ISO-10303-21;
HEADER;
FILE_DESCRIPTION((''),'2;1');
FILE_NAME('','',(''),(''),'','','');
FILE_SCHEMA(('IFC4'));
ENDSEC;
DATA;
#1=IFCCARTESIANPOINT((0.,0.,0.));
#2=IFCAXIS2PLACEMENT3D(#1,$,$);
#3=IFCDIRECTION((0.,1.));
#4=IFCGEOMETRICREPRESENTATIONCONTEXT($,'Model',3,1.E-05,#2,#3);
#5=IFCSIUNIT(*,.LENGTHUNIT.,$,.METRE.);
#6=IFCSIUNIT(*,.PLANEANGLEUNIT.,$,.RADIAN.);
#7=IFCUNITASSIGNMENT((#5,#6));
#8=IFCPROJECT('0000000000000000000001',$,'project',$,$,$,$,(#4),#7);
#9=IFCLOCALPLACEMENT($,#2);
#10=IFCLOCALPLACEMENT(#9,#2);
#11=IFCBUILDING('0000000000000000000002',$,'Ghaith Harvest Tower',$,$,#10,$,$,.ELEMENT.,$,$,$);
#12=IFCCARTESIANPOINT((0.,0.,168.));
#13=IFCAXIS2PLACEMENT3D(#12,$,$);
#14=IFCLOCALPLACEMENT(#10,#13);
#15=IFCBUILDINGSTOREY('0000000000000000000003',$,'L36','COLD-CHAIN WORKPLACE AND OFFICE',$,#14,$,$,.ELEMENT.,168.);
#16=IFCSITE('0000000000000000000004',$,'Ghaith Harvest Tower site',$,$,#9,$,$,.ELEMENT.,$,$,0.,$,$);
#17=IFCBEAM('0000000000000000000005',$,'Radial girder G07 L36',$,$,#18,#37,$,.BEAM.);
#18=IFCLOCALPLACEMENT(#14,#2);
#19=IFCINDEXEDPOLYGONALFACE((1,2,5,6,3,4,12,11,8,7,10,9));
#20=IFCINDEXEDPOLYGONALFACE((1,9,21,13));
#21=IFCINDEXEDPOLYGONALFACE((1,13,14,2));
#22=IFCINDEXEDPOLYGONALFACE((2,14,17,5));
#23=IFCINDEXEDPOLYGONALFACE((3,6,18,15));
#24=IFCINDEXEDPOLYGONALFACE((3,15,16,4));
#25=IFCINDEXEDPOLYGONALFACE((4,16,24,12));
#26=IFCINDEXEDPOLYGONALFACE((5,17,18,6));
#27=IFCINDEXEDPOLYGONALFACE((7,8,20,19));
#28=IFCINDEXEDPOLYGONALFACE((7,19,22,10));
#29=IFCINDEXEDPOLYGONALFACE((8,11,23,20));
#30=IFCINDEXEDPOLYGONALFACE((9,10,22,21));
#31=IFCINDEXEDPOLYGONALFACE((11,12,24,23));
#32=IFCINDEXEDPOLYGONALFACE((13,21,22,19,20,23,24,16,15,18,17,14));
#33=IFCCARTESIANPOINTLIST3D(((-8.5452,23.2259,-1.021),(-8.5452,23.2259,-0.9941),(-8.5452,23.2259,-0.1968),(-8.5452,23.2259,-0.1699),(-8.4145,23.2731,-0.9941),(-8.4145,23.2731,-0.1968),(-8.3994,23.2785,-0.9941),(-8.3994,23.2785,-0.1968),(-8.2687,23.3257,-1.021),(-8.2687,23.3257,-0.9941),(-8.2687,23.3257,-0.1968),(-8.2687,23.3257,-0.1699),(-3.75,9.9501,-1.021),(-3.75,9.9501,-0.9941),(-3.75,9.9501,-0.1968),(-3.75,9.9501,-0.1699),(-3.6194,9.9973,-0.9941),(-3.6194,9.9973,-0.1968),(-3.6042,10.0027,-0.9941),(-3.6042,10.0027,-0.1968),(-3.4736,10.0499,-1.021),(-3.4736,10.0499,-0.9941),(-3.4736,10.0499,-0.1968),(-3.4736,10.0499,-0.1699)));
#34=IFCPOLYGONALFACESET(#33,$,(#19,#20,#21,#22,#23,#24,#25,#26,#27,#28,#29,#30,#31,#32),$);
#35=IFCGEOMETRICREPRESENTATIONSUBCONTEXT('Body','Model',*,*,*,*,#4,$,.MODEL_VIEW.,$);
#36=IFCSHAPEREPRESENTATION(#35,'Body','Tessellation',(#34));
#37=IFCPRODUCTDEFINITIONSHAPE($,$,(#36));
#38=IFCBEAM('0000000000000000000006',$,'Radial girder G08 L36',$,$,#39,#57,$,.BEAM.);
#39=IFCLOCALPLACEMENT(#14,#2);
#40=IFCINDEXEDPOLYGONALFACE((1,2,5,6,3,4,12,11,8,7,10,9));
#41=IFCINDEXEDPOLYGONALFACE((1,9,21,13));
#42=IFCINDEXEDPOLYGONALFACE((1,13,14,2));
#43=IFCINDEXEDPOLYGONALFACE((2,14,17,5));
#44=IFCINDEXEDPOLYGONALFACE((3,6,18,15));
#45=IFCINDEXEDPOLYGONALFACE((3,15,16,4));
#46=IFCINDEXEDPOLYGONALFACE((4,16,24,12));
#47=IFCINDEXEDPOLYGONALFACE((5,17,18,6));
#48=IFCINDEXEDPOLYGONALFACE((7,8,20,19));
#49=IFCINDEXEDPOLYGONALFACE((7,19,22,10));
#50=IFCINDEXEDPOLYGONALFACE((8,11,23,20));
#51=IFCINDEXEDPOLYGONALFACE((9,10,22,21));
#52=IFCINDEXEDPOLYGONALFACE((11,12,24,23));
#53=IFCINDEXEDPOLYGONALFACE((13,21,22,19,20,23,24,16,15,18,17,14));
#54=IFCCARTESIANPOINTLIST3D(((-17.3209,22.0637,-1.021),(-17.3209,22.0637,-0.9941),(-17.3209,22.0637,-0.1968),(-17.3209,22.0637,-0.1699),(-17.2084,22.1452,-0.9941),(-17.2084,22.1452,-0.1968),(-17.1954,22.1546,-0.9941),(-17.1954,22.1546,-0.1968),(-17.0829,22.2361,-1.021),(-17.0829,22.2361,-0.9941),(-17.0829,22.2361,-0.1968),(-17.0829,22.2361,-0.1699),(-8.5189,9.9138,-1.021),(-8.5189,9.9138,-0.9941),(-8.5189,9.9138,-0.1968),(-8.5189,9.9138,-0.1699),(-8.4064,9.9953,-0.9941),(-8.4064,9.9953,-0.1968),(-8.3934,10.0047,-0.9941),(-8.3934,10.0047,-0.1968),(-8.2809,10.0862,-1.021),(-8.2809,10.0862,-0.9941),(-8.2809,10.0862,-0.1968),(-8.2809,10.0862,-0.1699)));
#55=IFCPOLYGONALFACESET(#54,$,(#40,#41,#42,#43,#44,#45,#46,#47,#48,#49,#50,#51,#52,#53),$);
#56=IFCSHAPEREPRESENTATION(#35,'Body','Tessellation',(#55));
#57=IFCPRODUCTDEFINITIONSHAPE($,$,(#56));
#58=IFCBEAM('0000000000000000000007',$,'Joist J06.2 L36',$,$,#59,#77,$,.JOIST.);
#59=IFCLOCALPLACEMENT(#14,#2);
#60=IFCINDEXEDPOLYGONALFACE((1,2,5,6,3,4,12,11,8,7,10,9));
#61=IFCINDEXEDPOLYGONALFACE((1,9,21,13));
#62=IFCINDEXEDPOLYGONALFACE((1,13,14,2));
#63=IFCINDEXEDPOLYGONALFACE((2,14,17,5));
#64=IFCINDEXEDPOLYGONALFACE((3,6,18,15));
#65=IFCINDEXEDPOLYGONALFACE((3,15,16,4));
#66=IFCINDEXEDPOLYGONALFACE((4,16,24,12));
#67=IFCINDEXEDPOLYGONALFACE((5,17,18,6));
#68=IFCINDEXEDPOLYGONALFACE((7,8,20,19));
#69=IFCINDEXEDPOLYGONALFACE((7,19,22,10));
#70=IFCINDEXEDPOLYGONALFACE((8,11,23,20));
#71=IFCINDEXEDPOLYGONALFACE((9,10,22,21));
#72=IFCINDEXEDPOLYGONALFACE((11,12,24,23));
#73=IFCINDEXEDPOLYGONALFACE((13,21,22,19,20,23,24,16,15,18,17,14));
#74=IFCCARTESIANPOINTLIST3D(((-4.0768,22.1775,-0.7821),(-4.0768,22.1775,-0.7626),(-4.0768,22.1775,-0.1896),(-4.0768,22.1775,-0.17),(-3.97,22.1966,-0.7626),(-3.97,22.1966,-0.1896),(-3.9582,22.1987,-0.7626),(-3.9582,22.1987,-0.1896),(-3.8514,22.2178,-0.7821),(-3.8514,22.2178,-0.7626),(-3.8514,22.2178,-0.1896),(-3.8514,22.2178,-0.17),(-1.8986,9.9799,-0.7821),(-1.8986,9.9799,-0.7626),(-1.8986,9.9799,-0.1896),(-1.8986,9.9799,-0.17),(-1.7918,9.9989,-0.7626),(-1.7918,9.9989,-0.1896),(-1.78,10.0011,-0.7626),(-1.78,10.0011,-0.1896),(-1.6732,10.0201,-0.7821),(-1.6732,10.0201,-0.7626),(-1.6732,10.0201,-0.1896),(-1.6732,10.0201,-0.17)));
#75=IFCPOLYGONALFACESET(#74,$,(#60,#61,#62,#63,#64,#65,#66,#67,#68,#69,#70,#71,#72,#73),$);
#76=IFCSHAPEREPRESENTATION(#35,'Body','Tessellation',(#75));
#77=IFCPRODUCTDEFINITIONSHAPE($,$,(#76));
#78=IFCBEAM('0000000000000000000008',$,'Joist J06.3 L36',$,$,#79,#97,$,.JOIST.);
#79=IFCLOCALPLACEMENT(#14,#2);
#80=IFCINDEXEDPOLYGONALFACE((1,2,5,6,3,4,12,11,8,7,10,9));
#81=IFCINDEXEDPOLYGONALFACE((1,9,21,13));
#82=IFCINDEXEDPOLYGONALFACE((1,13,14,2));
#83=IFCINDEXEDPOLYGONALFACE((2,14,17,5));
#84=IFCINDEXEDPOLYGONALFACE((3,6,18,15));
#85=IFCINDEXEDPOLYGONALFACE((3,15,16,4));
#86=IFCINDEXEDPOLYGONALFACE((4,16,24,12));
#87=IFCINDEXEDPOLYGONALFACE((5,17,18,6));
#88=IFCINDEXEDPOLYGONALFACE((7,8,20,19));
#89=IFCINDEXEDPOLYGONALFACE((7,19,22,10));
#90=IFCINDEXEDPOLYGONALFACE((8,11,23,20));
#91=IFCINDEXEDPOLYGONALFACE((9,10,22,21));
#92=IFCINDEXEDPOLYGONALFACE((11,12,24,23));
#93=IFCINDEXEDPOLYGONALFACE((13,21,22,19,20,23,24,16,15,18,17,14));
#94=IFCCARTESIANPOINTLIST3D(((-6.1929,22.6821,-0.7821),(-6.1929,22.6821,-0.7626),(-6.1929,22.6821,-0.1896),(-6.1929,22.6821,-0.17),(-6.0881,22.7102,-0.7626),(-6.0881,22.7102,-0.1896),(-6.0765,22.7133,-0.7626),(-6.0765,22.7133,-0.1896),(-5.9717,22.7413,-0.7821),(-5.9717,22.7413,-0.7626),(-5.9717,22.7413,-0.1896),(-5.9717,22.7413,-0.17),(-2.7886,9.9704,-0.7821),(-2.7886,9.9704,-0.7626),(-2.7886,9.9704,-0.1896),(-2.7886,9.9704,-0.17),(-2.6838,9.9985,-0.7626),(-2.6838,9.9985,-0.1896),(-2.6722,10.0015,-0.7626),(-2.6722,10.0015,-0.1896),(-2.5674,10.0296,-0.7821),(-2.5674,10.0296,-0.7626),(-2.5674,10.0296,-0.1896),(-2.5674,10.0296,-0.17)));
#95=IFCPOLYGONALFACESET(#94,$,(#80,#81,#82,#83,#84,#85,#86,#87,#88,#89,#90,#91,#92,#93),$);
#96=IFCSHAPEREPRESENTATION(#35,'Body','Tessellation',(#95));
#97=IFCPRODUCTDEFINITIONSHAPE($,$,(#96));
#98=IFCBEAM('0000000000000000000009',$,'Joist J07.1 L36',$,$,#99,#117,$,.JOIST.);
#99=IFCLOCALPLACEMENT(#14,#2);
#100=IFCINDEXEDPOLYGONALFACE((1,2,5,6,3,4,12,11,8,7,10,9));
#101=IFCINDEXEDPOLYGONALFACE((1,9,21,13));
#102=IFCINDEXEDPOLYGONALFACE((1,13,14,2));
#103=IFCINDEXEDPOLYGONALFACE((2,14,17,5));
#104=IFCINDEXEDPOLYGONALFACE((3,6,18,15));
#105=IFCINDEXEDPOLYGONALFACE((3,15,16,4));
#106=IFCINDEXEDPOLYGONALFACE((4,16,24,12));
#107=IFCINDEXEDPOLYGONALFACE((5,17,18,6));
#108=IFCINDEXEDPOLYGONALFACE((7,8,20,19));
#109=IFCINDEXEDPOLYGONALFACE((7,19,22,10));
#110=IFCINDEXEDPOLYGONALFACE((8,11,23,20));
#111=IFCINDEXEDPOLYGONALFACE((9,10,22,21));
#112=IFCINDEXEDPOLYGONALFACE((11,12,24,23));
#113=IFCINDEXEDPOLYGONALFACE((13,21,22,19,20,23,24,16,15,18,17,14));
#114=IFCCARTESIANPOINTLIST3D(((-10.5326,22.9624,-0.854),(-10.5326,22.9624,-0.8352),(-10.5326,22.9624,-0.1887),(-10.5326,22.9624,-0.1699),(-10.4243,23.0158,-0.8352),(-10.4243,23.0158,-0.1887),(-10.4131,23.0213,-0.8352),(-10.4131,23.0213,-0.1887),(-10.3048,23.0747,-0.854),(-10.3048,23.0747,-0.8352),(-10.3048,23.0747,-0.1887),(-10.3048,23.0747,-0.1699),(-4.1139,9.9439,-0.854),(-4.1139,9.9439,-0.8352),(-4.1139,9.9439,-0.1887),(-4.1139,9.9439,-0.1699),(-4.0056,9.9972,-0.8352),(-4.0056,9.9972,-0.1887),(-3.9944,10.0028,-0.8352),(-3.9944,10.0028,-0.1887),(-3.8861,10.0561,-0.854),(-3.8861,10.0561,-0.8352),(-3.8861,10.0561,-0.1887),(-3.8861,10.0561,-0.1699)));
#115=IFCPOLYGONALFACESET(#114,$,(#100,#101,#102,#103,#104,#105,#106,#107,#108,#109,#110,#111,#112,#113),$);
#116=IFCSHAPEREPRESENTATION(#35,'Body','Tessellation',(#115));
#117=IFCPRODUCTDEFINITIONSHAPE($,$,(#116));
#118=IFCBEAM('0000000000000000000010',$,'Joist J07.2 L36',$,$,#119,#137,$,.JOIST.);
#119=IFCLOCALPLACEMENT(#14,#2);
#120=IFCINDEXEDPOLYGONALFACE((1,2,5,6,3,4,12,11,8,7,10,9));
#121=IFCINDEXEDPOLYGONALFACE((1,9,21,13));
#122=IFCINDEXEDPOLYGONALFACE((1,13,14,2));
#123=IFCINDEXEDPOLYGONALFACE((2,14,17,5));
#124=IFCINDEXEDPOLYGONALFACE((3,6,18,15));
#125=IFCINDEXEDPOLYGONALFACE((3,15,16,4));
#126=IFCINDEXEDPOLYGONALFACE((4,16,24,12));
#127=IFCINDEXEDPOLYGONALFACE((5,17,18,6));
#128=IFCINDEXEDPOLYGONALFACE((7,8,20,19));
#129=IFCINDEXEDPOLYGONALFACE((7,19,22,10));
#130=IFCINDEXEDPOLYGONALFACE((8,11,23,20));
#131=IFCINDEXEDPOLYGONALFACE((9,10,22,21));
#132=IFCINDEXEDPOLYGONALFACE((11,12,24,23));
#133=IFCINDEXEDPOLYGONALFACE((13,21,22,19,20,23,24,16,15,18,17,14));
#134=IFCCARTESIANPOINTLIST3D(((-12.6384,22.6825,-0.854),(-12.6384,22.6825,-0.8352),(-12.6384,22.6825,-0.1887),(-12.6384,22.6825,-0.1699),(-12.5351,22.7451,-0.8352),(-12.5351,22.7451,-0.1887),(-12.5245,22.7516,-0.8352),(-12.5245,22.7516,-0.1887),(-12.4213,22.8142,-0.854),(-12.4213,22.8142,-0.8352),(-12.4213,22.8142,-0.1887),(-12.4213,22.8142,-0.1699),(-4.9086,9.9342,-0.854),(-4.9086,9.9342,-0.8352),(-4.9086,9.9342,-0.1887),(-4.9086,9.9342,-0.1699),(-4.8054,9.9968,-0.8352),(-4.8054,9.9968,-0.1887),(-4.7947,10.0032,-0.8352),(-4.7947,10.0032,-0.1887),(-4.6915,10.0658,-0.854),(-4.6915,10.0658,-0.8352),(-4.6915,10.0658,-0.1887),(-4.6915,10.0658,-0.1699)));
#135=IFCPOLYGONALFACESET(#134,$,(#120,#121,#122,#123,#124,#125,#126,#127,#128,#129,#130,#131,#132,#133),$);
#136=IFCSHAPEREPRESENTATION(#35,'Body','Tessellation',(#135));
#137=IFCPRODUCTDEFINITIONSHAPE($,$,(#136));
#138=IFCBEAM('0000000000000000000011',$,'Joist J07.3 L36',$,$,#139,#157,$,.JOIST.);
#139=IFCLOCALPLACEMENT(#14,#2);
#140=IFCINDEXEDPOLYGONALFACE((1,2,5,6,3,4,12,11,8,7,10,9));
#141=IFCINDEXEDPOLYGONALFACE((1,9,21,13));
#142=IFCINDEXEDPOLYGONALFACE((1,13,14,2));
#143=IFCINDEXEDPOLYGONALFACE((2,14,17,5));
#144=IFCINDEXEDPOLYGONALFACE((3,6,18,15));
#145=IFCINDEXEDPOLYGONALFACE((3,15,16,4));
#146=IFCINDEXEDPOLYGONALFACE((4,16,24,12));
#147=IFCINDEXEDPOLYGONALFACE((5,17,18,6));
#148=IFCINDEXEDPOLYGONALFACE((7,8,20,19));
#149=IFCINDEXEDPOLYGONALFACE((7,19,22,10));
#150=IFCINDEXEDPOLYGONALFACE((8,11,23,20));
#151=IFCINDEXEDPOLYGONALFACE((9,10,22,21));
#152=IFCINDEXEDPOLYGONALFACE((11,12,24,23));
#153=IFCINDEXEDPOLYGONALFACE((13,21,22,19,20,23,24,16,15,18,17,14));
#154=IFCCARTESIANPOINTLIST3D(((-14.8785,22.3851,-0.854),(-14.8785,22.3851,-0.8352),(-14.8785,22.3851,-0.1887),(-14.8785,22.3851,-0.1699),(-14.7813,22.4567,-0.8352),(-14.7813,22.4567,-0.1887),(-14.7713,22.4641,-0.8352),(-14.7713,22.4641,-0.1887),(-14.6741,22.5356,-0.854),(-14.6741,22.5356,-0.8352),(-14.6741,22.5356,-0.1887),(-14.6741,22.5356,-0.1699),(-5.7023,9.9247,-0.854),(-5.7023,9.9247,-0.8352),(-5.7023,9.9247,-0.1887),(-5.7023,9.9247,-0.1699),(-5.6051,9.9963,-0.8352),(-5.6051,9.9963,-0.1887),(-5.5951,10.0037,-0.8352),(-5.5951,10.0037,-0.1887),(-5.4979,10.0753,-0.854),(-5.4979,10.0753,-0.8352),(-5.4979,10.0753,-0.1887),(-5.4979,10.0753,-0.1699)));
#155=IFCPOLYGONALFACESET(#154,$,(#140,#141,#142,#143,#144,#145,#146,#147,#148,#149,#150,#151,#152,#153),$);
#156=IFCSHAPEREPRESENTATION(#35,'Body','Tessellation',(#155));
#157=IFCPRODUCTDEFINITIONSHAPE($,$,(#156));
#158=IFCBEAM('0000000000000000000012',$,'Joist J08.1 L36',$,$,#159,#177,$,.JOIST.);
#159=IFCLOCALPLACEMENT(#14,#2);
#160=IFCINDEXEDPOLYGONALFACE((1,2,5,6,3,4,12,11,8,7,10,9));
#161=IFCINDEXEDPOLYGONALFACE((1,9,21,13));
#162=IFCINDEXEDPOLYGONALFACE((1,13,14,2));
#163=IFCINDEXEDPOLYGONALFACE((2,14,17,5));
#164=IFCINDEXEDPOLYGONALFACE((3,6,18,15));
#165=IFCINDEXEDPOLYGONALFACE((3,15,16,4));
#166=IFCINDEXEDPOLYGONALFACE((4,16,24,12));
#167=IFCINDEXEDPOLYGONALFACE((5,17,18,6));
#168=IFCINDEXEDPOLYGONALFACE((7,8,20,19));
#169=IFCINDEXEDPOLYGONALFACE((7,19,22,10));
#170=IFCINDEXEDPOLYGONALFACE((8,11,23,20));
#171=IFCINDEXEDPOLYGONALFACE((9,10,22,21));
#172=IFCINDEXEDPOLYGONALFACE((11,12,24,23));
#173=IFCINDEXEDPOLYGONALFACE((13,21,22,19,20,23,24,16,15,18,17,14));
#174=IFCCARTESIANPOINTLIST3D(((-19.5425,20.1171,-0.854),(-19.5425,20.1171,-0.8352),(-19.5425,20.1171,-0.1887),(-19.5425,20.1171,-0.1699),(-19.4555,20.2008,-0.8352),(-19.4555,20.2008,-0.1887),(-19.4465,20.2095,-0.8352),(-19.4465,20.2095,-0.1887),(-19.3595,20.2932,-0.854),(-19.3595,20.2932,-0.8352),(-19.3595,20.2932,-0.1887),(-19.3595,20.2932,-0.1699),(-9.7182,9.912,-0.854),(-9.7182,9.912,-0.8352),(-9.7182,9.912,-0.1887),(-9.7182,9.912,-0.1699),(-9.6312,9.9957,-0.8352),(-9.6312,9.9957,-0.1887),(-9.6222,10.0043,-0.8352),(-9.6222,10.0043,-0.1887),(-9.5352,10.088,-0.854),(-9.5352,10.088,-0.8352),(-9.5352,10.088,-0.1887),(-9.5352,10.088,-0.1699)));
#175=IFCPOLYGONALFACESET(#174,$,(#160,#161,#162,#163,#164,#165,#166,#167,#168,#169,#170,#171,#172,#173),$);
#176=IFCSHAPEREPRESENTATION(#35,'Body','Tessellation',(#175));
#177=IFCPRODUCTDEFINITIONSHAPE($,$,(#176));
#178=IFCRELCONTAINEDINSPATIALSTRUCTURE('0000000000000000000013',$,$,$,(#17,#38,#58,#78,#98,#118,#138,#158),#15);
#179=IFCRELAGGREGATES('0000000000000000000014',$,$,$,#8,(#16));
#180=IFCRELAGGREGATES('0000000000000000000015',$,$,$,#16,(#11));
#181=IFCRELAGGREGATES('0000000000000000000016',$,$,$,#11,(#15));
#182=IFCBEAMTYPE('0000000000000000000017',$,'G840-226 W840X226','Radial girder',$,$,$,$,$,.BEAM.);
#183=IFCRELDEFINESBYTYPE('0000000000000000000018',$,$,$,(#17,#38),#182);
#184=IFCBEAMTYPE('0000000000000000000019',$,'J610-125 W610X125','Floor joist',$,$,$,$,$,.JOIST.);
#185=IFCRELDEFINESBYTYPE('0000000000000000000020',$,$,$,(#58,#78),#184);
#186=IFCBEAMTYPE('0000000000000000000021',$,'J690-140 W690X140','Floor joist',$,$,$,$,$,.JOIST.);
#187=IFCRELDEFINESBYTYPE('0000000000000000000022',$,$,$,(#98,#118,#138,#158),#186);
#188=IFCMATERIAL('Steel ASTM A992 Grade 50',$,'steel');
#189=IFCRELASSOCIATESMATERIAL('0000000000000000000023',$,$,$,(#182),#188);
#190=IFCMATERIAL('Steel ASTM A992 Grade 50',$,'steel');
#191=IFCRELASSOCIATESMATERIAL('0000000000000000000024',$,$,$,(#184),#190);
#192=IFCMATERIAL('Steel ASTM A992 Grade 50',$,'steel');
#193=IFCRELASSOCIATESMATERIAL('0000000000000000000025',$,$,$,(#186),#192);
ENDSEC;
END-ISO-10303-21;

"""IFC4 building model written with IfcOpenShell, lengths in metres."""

from ifc_helpers import new_model, si_unit, direction, frame, origin, origin_2d, place, context, subcontext, project, spatial, i_section, extrude, material, material_profile, profile_set, type_object, element, save


model = new_model("IFC4")

# Units and contexts
model_context = context("Model", 3, precision=1e-05, world=origin(), true_north=direction((0.0, 1.0)))
body_context = subcontext(model_context, "Body", "Model", "MODEL_VIEW")
ifc_project = project(units=[si_unit("LENGTHUNIT", "METRE"), si_unit("PLANEANGLEUNIT", "RADIAN")], contexts=[model_context])

# Site, building, storey
site_placement = place(None, origin())
site = spatial("IfcSite", under=ifc_project, at=site_placement, Name="Ghaith Harvest Tower site", CompositionType="ELEMENT", RefElevation=0.0)
building_placement = place(site_placement, origin())
building = spatial("IfcBuilding", under=site, at=building_placement, Name="Ghaith Harvest Tower", CompositionType="ELEMENT")
storey_placement = place(building_placement, frame((0.0, 0.0, 168.0)))
storey = spatial("IfcBuildingStorey", under=building, at=storey_placement, Name="L36", Description="COLD-CHAIN WORKPLACE AND OFFICE", CompositionType="ELEMENT", Elevation=168.0)

# Beams
ifc_material_1 = material(Name="Steel ASTM A992 Grade 50", Category="steel")
ifc_material_profile_1 = material_profile(ifc_material_1, i_section(OverallWidth=0.2939, OverallDepth=0.8511, WebThickness=0.0161, FlangeThickness=0.0269, at=origin_2d()), Name="W840X226")
ifc_profile_set_1 = profile_set([ifc_material_profile_1], Name="Steel ASTM A992 Grade 50")
beam_type_1 = type_object("IfcBeamType", Name="G840-226 W840X226", Description="Radial girder", PredefinedType="BEAM", material=ifc_profile_set_1)
beam_1_placement = place(storey_placement, frame((-3.6118, 10.0, -0.5955), z_axis=(-0.339713, 0.940529, 0.0), x_axis=(-0.940529, -0.339713, 0.0)))
element("IfcBeam", 1, at=beam_1_placement, inside=storey, type_object=beam_type_1, Name="Radial girder G07 L36", PredefinedType="BEAM", context=body_context, shape_type="SweptSolid", body=[
    extrude(i_section(OverallWidth=0.2939, OverallDepth=0.8511, WebThickness=0.0161, FlangeThickness=0.0269, at=origin_2d()), origin(), (0.0, 0.0, 1.0), 14.1152),
])
beam_2_placement = place(storey_placement, frame((-8.3999, 10.0, -0.5955), z_axis=(-0.586676, 0.809822, 0.0), x_axis=(-0.809822, -0.586676, 0.0)))
element("IfcBeam", 2, at=beam_2_placement, inside=storey, type_object=beam_type_1, Name="Radial girder G08 L36", PredefinedType="BEAM", context=body_context, shape_type="SweptSolid", body=[
    extrude(i_section(OverallWidth=0.2939, OverallDepth=0.8511, WebThickness=0.0161, FlangeThickness=0.0269, at=origin_2d()), origin(), (0.0, 0.0, 1.0), 15.0032),
])
ifc_material_2 = material(Name="Steel ASTM A992 Grade 50", Category="steel")
ifc_material_profile_2 = material_profile(ifc_material_2, i_section(OverallWidth=0.229, OverallDepth=0.6121, WebThickness=0.012, FlangeThickness=0.0195, at=origin_2d()), Name="W610X125")
ifc_profile_set_2 = profile_set([ifc_material_profile_2], Name="Steel ASTM A992 Grade 50")
beam_type_2 = type_object("IfcBeamType", Name="J610-125 W610X125", Description="Floor joist", PredefinedType="JOIST", material=ifc_profile_set_2)
beam_3_placement = place(storey_placement, frame((-1.7859, 10.0, -0.4761), z_axis=(-0.175795, 0.984427, 0.0), x_axis=(-0.984427, -0.175795, 0.0)))
element("IfcBeam", 3, at=beam_3_placement, inside=storey, type_object=beam_type_2, Name="Joist J06.2 L36", PredefinedType="JOIST", context=body_context, shape_type="SweptSolid", body=[
    extrude(i_section(OverallWidth=0.229, OverallDepth=0.6121, WebThickness=0.012, FlangeThickness=0.0195, at=origin_2d()), origin(), (0.0, 0.0, 1.0), 12.3906),
])
beam_4_placement = place(storey_placement, frame((-2.678, 10.0, -0.4761), z_axis=(-0.258693, 0.96596, 0.0), x_axis=(-0.96596, -0.258693, 0.0)))
element("IfcBeam", 4, at=beam_4_placement, inside=storey, type_object=beam_type_2, Name="Joist J06.3 L36", PredefinedType="JOIST", context=body_context, shape_type="SweptSolid", body=[
    extrude(i_section(OverallWidth=0.229, OverallDepth=0.6121, WebThickness=0.012, FlangeThickness=0.0195, at=origin_2d()), origin(), (0.0, 0.0, 1.0), 13.1597),
])
ifc_material_3 = material(Name="Steel ASTM A992 Grade 50", Category="steel")
ifc_material_profile_3 = material_profile(ifc_material_3, i_section(OverallWidth=0.2539, OverallDepth=0.6841, WebThickness=0.0125, FlangeThickness=0.0188, at=origin_2d()), Name="W690X140")
ifc_profile_set_3 = profile_set([ifc_material_profile_3], Name="Steel ASTM A992 Grade 50")
beam_type_3 = type_object("IfcBeamType", Name="J690-140 W690X140", Description="Floor joist", PredefinedType="JOIST", material=ifc_profile_set_3)
beam_5_placement = place(storey_placement, frame((-4.0, 10.0, -0.512), z_axis=(-0.442214, 0.896909, 0.0), x_axis=(-0.896909, -0.442214, 0.0)))
element("IfcBeam", 5, at=beam_5_placement, inside=storey, type_object=beam_type_3, Name="Joist J07.1 L36", PredefinedType="JOIST", context=body_context, shape_type="SweptSolid", body=[
    extrude(i_section(OverallWidth=0.2539, OverallDepth=0.6841, WebThickness=0.0125, FlangeThickness=0.0188, at=origin_2d()), origin(), (0.0, 0.0, 1.0), 14.5149),
])
beam_6_placement = place(storey_placement, frame((-4.8, 10.0, -0.512), z_axis=(-0.518473, 0.855094, 0.0), x_axis=(-0.855094, -0.518473, 0.0)))
element("IfcBeam", 6, at=beam_6_placement, inside=storey, type_object=beam_type_3, Name="Joist J07.2 L36", PredefinedType="JOIST", context=body_context, shape_type="SweptSolid", body=[
    extrude(i_section(OverallWidth=0.2539, OverallDepth=0.6841, WebThickness=0.0125, FlangeThickness=0.0188, at=origin_2d()), origin(), (0.0, 0.0, 1.0), 14.9087),
])
beam_7_placement = place(storey_placement, frame((-5.6001, 10.0, -0.512), z_axis=(-0.592985, 0.805214, 0.0), x_axis=(-0.805214, -0.592985, 0.0)))
element("IfcBeam", 7, at=beam_7_placement, inside=storey, type_object=beam_type_3, Name="Joist J07.3 L36", PredefinedType="JOIST", context=body_context, shape_type="SweptSolid", body=[
    extrude(i_section(OverallWidth=0.2539, OverallDepth=0.6841, WebThickness=0.0125, FlangeThickness=0.0188, at=origin_2d()), origin(), (0.0, 0.0, 1.0), 15.4746),
])
beam_8_placement = place(storey_placement, frame((-9.6267, 10.0, -0.512), z_axis=(-0.693536, 0.720422, 0.0), x_axis=(-0.720422, -0.693536, 0.0)))
element("IfcBeam", 8, at=beam_8_placement, inside=storey, type_object=beam_type_3, Name="Joist J08.1 L36", PredefinedType="JOIST", context=body_context, shape_type="SweptSolid", body=[
    extrude(i_section(OverallWidth=0.2539, OverallDepth=0.6841, WebThickness=0.0125, FlangeThickness=0.0188, at=origin_2d()), origin(), (0.0, 0.0, 1.0), 14.1655),
])

save(model, "model.ifc")
